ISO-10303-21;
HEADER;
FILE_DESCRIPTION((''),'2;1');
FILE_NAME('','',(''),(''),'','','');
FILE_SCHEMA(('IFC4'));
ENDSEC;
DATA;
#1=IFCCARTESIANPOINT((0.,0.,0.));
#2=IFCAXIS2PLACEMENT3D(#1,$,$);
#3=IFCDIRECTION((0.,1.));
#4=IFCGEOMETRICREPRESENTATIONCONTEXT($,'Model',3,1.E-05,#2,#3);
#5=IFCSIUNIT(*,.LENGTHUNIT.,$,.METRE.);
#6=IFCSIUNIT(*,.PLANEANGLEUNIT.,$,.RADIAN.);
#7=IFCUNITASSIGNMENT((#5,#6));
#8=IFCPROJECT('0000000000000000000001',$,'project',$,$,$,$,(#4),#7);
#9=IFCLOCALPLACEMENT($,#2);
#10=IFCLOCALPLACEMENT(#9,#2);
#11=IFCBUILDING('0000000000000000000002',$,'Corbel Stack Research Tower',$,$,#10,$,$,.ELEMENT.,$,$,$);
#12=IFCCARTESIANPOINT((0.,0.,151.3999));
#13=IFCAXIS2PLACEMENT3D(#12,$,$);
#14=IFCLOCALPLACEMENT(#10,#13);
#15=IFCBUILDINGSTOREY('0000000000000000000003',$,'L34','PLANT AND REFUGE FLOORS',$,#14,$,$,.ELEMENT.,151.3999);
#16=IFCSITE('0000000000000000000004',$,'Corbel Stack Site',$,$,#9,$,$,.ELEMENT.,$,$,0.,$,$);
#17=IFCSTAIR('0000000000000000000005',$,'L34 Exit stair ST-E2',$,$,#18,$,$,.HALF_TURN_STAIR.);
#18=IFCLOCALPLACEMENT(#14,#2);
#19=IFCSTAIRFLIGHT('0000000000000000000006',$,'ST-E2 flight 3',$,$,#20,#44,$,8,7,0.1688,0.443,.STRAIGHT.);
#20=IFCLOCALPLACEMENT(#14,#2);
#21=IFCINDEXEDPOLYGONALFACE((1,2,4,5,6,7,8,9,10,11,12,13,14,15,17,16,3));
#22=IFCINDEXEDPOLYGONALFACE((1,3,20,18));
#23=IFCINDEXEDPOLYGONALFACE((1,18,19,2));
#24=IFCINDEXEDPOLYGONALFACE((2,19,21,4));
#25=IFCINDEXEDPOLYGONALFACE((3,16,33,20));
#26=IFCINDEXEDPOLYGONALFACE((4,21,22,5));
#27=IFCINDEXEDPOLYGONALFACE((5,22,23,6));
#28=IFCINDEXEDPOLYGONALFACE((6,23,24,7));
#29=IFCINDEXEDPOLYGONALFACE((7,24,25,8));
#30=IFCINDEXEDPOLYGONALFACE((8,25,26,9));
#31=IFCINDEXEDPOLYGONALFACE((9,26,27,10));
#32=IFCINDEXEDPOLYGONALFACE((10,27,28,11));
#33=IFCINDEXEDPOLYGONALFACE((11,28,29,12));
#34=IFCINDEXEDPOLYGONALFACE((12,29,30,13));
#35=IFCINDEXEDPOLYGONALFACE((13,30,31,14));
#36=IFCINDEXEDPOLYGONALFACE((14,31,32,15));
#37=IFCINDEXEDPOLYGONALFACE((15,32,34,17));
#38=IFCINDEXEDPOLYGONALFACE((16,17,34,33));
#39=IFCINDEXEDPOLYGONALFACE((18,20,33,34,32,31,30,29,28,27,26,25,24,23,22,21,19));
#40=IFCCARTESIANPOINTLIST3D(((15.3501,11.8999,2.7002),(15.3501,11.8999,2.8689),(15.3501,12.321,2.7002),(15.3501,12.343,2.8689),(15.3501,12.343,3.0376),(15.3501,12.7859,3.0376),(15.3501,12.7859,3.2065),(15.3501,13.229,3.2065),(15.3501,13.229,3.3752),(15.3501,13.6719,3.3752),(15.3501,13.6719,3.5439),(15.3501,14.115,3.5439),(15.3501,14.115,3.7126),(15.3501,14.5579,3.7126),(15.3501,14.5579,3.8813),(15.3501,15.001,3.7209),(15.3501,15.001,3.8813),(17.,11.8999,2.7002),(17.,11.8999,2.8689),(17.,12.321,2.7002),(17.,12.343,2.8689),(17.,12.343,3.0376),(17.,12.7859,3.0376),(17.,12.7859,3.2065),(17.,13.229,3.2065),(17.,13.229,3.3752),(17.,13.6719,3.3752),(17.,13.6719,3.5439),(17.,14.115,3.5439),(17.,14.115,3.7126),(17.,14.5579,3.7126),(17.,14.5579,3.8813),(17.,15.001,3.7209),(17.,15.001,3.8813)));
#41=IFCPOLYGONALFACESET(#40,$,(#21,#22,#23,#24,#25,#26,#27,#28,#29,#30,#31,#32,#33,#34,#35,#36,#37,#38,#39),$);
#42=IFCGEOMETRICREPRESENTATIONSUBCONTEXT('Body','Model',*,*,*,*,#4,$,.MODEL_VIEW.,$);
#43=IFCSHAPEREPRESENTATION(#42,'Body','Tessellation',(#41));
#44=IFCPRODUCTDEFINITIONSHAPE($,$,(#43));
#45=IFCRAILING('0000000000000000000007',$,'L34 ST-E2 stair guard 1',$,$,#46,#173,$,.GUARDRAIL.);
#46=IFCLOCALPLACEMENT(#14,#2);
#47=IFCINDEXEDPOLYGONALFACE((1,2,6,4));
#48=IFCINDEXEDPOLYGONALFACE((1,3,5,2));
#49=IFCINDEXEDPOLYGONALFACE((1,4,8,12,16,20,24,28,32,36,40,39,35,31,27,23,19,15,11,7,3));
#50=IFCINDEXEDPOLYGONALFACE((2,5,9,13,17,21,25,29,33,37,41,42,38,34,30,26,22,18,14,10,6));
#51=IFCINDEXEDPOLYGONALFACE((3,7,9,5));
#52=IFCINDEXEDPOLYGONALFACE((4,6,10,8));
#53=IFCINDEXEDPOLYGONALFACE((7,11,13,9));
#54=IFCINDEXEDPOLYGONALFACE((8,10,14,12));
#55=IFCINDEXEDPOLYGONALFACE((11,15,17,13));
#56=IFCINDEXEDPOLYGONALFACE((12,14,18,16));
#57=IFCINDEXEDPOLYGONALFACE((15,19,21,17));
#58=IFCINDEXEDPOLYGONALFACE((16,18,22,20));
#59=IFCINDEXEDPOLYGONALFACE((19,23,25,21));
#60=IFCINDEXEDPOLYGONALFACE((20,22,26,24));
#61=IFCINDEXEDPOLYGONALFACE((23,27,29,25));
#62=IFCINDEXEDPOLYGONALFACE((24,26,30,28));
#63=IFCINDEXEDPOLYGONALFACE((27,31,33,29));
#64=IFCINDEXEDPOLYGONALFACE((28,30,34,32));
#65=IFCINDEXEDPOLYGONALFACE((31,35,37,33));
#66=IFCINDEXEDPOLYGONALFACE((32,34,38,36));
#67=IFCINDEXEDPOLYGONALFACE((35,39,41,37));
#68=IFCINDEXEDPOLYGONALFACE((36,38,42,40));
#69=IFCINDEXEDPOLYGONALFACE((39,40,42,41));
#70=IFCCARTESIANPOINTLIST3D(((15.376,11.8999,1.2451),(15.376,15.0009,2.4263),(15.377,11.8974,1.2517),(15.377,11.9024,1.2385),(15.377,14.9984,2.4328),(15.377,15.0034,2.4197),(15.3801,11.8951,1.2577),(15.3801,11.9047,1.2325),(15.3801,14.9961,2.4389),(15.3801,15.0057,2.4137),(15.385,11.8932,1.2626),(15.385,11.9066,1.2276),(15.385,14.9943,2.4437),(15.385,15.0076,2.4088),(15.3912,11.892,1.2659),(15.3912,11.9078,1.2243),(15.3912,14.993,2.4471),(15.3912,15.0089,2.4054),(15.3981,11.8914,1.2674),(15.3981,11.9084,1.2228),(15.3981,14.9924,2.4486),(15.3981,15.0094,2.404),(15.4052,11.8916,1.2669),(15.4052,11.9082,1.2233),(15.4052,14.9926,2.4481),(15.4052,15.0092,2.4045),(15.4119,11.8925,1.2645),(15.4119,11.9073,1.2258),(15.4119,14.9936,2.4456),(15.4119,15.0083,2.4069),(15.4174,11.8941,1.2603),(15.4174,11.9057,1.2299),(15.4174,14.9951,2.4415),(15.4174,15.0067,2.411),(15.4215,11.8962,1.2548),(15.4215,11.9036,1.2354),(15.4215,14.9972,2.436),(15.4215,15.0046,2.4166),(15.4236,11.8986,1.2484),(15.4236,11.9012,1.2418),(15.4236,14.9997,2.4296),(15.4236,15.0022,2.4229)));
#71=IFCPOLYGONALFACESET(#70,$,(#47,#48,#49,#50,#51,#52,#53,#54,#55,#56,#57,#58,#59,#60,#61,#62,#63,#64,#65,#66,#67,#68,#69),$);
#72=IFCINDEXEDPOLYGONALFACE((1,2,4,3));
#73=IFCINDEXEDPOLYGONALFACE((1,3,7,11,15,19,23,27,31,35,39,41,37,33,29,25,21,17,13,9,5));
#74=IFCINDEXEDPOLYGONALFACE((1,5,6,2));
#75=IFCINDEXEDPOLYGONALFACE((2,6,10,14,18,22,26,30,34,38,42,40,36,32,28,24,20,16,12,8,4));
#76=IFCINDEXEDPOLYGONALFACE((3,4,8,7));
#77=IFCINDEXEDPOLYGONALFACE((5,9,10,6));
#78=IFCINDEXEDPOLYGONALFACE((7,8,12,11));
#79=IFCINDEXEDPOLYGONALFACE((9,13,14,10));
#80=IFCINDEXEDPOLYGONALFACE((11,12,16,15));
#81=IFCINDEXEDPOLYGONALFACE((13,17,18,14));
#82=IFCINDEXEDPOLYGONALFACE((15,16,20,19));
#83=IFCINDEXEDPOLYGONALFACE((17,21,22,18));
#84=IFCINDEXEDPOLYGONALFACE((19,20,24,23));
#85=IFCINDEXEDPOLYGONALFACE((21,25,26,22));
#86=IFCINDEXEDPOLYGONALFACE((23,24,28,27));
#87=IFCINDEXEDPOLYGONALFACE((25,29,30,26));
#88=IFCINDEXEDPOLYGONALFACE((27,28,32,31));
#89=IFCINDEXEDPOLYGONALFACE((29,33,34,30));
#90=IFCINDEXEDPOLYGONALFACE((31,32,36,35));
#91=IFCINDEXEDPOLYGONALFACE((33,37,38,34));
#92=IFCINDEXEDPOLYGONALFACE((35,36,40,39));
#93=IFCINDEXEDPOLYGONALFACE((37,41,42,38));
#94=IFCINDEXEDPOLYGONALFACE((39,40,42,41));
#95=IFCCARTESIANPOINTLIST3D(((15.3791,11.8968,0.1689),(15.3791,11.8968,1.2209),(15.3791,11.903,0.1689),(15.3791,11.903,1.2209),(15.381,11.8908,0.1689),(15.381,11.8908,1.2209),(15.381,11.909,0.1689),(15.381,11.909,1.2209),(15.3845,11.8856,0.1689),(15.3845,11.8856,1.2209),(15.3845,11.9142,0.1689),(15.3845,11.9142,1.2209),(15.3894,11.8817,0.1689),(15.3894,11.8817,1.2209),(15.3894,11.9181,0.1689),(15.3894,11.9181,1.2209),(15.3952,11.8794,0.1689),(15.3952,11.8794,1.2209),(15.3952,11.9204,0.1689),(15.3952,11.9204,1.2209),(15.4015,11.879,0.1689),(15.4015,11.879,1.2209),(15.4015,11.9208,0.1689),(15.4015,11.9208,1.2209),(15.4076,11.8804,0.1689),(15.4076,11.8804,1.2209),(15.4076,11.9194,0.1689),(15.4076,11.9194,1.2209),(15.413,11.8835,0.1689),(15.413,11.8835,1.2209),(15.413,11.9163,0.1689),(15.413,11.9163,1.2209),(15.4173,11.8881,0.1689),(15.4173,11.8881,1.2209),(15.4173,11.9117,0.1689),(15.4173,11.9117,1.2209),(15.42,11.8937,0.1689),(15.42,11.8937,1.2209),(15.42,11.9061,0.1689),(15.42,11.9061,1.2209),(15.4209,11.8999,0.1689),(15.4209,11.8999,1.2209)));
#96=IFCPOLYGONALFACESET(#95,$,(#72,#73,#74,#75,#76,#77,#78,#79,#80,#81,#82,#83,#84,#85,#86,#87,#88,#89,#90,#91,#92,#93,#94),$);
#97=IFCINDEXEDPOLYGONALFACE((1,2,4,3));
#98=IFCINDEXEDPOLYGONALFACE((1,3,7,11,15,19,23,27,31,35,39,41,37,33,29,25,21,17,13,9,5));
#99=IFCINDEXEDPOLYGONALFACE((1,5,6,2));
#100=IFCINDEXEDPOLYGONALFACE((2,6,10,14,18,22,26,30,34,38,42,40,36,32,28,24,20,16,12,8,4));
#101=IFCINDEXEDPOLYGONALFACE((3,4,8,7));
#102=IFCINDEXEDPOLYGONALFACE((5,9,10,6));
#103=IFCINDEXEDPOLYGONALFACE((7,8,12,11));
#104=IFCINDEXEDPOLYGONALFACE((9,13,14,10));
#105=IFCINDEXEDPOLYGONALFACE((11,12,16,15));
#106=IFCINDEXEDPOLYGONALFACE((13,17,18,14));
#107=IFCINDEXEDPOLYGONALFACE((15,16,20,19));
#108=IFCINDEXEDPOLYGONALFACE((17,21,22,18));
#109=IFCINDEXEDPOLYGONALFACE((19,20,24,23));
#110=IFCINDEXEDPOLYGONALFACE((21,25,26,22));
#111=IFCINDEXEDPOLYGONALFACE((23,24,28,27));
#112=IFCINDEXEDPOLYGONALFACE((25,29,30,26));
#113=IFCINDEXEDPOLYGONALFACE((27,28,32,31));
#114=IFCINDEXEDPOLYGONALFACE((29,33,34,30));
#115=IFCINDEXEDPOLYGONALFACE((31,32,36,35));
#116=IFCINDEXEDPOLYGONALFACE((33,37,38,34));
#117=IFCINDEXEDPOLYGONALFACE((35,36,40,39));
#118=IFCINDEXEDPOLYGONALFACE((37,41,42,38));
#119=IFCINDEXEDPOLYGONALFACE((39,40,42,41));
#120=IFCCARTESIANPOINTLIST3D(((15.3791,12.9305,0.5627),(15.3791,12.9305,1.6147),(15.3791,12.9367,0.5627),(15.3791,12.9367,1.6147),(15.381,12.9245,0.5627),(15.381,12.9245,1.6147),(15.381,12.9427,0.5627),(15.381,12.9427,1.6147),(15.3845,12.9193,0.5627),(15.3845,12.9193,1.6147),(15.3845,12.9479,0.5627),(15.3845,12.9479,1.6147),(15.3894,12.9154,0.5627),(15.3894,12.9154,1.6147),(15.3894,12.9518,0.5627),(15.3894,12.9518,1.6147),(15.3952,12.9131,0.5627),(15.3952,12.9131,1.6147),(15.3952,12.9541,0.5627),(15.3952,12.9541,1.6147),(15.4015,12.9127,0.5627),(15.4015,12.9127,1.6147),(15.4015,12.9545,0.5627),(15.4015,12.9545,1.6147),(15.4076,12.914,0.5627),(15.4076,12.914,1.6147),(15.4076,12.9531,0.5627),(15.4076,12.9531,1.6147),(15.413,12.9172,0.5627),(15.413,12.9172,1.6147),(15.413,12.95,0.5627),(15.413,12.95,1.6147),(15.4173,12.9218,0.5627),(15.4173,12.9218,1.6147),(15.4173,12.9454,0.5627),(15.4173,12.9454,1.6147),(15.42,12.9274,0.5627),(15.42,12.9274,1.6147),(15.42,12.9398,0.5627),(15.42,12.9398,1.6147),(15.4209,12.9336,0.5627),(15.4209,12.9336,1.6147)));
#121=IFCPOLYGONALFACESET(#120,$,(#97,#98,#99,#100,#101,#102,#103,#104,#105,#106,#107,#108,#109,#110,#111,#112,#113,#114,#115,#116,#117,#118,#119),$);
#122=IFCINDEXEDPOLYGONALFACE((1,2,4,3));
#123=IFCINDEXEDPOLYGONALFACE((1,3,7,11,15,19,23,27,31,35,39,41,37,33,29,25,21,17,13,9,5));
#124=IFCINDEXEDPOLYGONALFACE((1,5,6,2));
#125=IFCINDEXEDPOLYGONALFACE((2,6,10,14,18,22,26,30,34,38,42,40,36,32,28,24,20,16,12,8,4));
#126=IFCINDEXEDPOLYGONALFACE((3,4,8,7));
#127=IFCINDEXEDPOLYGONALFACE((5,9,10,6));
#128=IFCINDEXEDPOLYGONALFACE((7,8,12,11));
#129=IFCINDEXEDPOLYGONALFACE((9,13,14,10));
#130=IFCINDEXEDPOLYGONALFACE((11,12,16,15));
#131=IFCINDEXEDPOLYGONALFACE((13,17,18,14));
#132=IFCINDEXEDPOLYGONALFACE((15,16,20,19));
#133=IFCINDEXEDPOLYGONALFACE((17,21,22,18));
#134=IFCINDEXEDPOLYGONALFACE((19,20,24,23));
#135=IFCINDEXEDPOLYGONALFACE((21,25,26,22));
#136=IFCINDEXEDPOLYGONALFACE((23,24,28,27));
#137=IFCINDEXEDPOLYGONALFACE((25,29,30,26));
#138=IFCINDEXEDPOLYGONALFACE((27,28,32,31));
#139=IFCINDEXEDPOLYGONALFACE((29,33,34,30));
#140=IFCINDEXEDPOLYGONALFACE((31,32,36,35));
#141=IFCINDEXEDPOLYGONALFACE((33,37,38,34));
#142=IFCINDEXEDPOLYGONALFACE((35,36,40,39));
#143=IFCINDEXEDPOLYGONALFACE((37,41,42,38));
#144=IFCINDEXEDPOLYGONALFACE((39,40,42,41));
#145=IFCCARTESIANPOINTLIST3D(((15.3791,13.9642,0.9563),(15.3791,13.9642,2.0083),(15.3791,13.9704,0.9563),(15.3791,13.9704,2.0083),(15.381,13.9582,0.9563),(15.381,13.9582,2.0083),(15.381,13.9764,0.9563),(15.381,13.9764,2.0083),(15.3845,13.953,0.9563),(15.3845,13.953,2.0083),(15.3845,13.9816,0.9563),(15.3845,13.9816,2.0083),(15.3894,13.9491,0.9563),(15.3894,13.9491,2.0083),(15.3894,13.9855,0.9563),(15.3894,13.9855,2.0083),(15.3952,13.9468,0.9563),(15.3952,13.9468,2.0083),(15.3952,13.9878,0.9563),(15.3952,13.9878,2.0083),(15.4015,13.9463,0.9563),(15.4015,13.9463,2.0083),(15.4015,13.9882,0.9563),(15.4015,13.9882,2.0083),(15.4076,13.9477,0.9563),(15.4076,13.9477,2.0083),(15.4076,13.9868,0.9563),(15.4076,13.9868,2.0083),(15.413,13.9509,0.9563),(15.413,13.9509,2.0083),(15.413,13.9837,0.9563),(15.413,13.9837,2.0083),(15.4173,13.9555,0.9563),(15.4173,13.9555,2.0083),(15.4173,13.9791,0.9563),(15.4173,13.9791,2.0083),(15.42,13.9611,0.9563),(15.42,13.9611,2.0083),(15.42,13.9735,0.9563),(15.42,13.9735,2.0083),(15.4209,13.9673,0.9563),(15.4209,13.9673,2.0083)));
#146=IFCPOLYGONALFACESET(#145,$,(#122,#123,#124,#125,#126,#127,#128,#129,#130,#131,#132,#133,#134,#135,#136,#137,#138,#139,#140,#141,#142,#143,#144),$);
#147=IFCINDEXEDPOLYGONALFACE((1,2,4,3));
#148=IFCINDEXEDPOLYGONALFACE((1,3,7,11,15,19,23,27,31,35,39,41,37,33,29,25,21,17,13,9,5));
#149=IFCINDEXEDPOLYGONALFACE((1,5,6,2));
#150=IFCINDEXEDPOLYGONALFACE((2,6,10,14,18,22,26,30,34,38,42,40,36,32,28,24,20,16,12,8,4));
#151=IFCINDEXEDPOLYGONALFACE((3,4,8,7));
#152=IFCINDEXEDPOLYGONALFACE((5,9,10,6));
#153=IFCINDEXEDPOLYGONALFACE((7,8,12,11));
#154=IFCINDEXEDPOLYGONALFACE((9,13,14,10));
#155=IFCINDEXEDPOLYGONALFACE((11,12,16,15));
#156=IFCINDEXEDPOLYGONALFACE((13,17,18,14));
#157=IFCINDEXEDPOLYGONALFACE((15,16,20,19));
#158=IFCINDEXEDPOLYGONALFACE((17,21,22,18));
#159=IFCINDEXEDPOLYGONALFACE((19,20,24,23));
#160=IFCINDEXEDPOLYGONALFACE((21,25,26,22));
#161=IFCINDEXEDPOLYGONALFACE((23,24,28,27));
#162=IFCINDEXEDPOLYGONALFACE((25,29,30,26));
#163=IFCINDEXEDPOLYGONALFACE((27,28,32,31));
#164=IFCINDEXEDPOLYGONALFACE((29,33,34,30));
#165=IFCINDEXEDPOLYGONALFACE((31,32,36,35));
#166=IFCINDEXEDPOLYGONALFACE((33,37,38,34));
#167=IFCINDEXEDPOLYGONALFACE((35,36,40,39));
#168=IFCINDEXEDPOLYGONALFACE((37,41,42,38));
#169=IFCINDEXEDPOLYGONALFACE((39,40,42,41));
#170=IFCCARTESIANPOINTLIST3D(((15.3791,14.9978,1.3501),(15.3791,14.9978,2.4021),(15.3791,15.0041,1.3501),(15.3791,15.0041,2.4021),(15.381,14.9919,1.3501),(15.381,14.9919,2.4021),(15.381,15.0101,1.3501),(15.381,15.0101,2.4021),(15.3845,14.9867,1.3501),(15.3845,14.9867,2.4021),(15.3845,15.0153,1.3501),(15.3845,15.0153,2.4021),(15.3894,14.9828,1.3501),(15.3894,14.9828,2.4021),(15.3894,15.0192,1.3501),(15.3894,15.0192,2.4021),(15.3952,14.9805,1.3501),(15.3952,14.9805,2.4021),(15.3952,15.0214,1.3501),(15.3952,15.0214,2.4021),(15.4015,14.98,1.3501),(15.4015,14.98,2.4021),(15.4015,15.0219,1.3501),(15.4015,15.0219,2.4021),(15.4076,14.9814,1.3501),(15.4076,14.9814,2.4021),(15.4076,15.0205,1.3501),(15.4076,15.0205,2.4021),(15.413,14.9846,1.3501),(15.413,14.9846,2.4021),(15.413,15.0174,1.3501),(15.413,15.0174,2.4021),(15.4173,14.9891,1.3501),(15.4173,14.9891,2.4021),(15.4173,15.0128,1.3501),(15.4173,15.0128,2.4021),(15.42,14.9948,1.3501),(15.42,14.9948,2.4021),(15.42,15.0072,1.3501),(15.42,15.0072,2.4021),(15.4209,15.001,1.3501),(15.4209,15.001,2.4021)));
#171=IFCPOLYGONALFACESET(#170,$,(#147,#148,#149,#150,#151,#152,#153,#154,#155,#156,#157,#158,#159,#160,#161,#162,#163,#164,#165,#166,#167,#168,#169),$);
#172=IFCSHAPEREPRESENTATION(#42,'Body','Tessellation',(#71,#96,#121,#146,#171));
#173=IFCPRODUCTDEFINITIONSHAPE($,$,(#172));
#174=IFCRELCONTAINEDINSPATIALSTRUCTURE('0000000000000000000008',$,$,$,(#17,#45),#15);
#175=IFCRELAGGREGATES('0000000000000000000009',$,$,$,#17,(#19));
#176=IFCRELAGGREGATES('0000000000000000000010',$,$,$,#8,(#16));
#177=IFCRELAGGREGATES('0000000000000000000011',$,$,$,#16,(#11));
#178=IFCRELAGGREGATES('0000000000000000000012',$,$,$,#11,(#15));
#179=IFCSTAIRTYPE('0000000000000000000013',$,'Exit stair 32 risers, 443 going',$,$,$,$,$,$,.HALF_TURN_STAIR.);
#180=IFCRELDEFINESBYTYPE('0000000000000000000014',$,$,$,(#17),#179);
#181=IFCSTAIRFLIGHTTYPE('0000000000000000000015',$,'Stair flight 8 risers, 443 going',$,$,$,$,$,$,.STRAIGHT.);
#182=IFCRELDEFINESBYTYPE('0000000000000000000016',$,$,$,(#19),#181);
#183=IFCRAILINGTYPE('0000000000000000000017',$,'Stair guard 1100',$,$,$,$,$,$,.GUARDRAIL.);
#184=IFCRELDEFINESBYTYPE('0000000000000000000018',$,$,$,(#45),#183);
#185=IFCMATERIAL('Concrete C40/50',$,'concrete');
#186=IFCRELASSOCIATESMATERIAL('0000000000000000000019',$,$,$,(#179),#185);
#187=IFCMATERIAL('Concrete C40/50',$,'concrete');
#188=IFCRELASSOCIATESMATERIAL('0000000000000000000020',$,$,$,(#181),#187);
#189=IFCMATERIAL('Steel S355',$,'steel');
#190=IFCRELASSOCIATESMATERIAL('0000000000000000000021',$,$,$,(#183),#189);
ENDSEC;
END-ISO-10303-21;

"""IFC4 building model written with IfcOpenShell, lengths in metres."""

from ifc_helpers import new_model, si_unit, direction, frame, origin, origin_2d, place, context, subcontext, project, spatial, polyline, circle, outline, extrude, material, type_object, element, aggregate, save


model = new_model("IFC4")

# Units and contexts
model_context = context("Model", 3, precision=1e-05, world=origin(), true_north=direction((0.0, 1.0)))
body_context = subcontext(model_context, "Body", "Model", "MODEL_VIEW")
ifc_project = project(units=[si_unit("LENGTHUNIT", "METRE"), si_unit("PLANEANGLEUNIT", "RADIAN")], contexts=[model_context])

# Site, building, storey
site_placement = place(None, origin())
site = spatial("IfcSite", under=ifc_project, at=site_placement, Name="Corbel Stack Site", CompositionType="ELEMENT", RefElevation=0.0)
building_placement = place(site_placement, origin())
building = spatial("IfcBuilding", under=site, at=building_placement, Name="Corbel Stack Research Tower", CompositionType="ELEMENT")
storey_placement = place(building_placement, frame((0.0, 0.0, 151.3999)))
storey = spatial("IfcBuildingStorey", under=building, at=storey_placement, Name="L34", Description="PLANT AND REFUGE FLOORS", CompositionType="ELEMENT", Elevation=151.3999)

# Stair, stair flight
ifc_material_1 = material(Name="Concrete C40/50", Category="concrete")
stair_type = type_object("IfcStairType", Name="Exit stair 32 risers, 443 going", PredefinedType="HALF_TURN_STAIR", material=ifc_material_1)
stair_placement = place(storey_placement, origin())
stair = element("IfcStair", 1, at=stair_placement, inside=storey, type_object=stair_type, Name="L34 Exit stair ST-E2", PredefinedType="HALF_TURN_STAIR")
ifc_material_2 = material(Name="Concrete C40/50", Category="concrete")
stair_flight_type = type_object("IfcStairFlightType", Name="Stair flight 8 risers, 443 going", PredefinedType="STRAIGHT", material=ifc_material_2)
stair_flight_1_placement = place(storey_placement, frame((16.175, 11.8999, 2.7002), z_axis=(0.0, 0.0, 1.0), x_axis=(0.0, 1.0, 0.0)))
stair_flight_1 = element("IfcStairFlight", 2, at=stair_flight_1_placement, type_object=stair_flight_type, Name="ST-E2 flight 3", NumberOfRisers=8, NumberOfTreads=7, PredefinedType="STRAIGHT", RiserHeight=0.1688, TreadLength=0.443, context=body_context, shape_type="SweptSolid", body=[
    extrude(outline(polyline([(0.0, 0.0), (0.0, 0.1687), (0.4431, 0.1687), (0.4431, 0.3374), (0.886, 0.3374), (0.886, 0.5063), (1.3291, 0.5063), (1.3291, 0.675), (1.772, 0.675), (1.772, 0.8438), (2.2151, 0.8438), (2.2151, 1.0125), (2.658, 1.0125), (2.658, 1.1812), (3.1011, 1.1812), (3.1011, 1.3501), (3.1011, 1.0208), (0.4211, 0.0), (0.0, 0.0)])), frame((0.0, 0.825, 0.0), z_axis=(0.0, -1.0, 0.0), x_axis=(1.0, 0.0, 0.0)), (0.0, 0.0, 1.0), 1.6499),
])
aggregate(stair, [stair_flight_1])

# Railing
ifc_material_3 = material(Name="Steel S355", Category="steel")
railing_type_1 = type_object("IfcRailingType", Name="Stair guard 1100", PredefinedType="GUARDRAIL", material=ifc_material_3)
railing_1_placement = place(storey_placement, frame((15.3999, 11.8999, 0.1689)))
element("IfcRailing", 3, at=railing_1_placement, inside=storey, type_object=railing_type_1, Name="L34 ST-E2 stair guard 1", PredefinedType="GUARDRAIL", context=body_context, shape_type="SweptSolid", body=[
    extrude(circle(Radius=0.0239, at=origin_2d()), frame((0.0, 0.0, 1.0762), z_axis=(0.0, 0.934509, 0.35594), x_axis=(-1.0, 0.0, 0.0)), (0.0, 0.0, 1.0), 3.3184),
    extrude(circle(Radius=0.021, at=origin_2d()), origin(), (0.0, 0.0, 1.0), 1.052),
    extrude(circle(Radius=0.021, at=origin_2d()), frame((0.0, 1.0337, 0.3938)), (0.0, 0.0, 1.0), 1.052),
    extrude(circle(Radius=0.021, at=origin_2d()), frame((0.0, 2.0674, 0.7874)), (0.0, 0.0, 1.0), 1.052),
    extrude(circle(Radius=0.021, at=origin_2d()), frame((0.0, 3.1011, 1.1812)), (0.0, 0.0, 1.0), 1.052),
])

save(model, "model.ifc")
